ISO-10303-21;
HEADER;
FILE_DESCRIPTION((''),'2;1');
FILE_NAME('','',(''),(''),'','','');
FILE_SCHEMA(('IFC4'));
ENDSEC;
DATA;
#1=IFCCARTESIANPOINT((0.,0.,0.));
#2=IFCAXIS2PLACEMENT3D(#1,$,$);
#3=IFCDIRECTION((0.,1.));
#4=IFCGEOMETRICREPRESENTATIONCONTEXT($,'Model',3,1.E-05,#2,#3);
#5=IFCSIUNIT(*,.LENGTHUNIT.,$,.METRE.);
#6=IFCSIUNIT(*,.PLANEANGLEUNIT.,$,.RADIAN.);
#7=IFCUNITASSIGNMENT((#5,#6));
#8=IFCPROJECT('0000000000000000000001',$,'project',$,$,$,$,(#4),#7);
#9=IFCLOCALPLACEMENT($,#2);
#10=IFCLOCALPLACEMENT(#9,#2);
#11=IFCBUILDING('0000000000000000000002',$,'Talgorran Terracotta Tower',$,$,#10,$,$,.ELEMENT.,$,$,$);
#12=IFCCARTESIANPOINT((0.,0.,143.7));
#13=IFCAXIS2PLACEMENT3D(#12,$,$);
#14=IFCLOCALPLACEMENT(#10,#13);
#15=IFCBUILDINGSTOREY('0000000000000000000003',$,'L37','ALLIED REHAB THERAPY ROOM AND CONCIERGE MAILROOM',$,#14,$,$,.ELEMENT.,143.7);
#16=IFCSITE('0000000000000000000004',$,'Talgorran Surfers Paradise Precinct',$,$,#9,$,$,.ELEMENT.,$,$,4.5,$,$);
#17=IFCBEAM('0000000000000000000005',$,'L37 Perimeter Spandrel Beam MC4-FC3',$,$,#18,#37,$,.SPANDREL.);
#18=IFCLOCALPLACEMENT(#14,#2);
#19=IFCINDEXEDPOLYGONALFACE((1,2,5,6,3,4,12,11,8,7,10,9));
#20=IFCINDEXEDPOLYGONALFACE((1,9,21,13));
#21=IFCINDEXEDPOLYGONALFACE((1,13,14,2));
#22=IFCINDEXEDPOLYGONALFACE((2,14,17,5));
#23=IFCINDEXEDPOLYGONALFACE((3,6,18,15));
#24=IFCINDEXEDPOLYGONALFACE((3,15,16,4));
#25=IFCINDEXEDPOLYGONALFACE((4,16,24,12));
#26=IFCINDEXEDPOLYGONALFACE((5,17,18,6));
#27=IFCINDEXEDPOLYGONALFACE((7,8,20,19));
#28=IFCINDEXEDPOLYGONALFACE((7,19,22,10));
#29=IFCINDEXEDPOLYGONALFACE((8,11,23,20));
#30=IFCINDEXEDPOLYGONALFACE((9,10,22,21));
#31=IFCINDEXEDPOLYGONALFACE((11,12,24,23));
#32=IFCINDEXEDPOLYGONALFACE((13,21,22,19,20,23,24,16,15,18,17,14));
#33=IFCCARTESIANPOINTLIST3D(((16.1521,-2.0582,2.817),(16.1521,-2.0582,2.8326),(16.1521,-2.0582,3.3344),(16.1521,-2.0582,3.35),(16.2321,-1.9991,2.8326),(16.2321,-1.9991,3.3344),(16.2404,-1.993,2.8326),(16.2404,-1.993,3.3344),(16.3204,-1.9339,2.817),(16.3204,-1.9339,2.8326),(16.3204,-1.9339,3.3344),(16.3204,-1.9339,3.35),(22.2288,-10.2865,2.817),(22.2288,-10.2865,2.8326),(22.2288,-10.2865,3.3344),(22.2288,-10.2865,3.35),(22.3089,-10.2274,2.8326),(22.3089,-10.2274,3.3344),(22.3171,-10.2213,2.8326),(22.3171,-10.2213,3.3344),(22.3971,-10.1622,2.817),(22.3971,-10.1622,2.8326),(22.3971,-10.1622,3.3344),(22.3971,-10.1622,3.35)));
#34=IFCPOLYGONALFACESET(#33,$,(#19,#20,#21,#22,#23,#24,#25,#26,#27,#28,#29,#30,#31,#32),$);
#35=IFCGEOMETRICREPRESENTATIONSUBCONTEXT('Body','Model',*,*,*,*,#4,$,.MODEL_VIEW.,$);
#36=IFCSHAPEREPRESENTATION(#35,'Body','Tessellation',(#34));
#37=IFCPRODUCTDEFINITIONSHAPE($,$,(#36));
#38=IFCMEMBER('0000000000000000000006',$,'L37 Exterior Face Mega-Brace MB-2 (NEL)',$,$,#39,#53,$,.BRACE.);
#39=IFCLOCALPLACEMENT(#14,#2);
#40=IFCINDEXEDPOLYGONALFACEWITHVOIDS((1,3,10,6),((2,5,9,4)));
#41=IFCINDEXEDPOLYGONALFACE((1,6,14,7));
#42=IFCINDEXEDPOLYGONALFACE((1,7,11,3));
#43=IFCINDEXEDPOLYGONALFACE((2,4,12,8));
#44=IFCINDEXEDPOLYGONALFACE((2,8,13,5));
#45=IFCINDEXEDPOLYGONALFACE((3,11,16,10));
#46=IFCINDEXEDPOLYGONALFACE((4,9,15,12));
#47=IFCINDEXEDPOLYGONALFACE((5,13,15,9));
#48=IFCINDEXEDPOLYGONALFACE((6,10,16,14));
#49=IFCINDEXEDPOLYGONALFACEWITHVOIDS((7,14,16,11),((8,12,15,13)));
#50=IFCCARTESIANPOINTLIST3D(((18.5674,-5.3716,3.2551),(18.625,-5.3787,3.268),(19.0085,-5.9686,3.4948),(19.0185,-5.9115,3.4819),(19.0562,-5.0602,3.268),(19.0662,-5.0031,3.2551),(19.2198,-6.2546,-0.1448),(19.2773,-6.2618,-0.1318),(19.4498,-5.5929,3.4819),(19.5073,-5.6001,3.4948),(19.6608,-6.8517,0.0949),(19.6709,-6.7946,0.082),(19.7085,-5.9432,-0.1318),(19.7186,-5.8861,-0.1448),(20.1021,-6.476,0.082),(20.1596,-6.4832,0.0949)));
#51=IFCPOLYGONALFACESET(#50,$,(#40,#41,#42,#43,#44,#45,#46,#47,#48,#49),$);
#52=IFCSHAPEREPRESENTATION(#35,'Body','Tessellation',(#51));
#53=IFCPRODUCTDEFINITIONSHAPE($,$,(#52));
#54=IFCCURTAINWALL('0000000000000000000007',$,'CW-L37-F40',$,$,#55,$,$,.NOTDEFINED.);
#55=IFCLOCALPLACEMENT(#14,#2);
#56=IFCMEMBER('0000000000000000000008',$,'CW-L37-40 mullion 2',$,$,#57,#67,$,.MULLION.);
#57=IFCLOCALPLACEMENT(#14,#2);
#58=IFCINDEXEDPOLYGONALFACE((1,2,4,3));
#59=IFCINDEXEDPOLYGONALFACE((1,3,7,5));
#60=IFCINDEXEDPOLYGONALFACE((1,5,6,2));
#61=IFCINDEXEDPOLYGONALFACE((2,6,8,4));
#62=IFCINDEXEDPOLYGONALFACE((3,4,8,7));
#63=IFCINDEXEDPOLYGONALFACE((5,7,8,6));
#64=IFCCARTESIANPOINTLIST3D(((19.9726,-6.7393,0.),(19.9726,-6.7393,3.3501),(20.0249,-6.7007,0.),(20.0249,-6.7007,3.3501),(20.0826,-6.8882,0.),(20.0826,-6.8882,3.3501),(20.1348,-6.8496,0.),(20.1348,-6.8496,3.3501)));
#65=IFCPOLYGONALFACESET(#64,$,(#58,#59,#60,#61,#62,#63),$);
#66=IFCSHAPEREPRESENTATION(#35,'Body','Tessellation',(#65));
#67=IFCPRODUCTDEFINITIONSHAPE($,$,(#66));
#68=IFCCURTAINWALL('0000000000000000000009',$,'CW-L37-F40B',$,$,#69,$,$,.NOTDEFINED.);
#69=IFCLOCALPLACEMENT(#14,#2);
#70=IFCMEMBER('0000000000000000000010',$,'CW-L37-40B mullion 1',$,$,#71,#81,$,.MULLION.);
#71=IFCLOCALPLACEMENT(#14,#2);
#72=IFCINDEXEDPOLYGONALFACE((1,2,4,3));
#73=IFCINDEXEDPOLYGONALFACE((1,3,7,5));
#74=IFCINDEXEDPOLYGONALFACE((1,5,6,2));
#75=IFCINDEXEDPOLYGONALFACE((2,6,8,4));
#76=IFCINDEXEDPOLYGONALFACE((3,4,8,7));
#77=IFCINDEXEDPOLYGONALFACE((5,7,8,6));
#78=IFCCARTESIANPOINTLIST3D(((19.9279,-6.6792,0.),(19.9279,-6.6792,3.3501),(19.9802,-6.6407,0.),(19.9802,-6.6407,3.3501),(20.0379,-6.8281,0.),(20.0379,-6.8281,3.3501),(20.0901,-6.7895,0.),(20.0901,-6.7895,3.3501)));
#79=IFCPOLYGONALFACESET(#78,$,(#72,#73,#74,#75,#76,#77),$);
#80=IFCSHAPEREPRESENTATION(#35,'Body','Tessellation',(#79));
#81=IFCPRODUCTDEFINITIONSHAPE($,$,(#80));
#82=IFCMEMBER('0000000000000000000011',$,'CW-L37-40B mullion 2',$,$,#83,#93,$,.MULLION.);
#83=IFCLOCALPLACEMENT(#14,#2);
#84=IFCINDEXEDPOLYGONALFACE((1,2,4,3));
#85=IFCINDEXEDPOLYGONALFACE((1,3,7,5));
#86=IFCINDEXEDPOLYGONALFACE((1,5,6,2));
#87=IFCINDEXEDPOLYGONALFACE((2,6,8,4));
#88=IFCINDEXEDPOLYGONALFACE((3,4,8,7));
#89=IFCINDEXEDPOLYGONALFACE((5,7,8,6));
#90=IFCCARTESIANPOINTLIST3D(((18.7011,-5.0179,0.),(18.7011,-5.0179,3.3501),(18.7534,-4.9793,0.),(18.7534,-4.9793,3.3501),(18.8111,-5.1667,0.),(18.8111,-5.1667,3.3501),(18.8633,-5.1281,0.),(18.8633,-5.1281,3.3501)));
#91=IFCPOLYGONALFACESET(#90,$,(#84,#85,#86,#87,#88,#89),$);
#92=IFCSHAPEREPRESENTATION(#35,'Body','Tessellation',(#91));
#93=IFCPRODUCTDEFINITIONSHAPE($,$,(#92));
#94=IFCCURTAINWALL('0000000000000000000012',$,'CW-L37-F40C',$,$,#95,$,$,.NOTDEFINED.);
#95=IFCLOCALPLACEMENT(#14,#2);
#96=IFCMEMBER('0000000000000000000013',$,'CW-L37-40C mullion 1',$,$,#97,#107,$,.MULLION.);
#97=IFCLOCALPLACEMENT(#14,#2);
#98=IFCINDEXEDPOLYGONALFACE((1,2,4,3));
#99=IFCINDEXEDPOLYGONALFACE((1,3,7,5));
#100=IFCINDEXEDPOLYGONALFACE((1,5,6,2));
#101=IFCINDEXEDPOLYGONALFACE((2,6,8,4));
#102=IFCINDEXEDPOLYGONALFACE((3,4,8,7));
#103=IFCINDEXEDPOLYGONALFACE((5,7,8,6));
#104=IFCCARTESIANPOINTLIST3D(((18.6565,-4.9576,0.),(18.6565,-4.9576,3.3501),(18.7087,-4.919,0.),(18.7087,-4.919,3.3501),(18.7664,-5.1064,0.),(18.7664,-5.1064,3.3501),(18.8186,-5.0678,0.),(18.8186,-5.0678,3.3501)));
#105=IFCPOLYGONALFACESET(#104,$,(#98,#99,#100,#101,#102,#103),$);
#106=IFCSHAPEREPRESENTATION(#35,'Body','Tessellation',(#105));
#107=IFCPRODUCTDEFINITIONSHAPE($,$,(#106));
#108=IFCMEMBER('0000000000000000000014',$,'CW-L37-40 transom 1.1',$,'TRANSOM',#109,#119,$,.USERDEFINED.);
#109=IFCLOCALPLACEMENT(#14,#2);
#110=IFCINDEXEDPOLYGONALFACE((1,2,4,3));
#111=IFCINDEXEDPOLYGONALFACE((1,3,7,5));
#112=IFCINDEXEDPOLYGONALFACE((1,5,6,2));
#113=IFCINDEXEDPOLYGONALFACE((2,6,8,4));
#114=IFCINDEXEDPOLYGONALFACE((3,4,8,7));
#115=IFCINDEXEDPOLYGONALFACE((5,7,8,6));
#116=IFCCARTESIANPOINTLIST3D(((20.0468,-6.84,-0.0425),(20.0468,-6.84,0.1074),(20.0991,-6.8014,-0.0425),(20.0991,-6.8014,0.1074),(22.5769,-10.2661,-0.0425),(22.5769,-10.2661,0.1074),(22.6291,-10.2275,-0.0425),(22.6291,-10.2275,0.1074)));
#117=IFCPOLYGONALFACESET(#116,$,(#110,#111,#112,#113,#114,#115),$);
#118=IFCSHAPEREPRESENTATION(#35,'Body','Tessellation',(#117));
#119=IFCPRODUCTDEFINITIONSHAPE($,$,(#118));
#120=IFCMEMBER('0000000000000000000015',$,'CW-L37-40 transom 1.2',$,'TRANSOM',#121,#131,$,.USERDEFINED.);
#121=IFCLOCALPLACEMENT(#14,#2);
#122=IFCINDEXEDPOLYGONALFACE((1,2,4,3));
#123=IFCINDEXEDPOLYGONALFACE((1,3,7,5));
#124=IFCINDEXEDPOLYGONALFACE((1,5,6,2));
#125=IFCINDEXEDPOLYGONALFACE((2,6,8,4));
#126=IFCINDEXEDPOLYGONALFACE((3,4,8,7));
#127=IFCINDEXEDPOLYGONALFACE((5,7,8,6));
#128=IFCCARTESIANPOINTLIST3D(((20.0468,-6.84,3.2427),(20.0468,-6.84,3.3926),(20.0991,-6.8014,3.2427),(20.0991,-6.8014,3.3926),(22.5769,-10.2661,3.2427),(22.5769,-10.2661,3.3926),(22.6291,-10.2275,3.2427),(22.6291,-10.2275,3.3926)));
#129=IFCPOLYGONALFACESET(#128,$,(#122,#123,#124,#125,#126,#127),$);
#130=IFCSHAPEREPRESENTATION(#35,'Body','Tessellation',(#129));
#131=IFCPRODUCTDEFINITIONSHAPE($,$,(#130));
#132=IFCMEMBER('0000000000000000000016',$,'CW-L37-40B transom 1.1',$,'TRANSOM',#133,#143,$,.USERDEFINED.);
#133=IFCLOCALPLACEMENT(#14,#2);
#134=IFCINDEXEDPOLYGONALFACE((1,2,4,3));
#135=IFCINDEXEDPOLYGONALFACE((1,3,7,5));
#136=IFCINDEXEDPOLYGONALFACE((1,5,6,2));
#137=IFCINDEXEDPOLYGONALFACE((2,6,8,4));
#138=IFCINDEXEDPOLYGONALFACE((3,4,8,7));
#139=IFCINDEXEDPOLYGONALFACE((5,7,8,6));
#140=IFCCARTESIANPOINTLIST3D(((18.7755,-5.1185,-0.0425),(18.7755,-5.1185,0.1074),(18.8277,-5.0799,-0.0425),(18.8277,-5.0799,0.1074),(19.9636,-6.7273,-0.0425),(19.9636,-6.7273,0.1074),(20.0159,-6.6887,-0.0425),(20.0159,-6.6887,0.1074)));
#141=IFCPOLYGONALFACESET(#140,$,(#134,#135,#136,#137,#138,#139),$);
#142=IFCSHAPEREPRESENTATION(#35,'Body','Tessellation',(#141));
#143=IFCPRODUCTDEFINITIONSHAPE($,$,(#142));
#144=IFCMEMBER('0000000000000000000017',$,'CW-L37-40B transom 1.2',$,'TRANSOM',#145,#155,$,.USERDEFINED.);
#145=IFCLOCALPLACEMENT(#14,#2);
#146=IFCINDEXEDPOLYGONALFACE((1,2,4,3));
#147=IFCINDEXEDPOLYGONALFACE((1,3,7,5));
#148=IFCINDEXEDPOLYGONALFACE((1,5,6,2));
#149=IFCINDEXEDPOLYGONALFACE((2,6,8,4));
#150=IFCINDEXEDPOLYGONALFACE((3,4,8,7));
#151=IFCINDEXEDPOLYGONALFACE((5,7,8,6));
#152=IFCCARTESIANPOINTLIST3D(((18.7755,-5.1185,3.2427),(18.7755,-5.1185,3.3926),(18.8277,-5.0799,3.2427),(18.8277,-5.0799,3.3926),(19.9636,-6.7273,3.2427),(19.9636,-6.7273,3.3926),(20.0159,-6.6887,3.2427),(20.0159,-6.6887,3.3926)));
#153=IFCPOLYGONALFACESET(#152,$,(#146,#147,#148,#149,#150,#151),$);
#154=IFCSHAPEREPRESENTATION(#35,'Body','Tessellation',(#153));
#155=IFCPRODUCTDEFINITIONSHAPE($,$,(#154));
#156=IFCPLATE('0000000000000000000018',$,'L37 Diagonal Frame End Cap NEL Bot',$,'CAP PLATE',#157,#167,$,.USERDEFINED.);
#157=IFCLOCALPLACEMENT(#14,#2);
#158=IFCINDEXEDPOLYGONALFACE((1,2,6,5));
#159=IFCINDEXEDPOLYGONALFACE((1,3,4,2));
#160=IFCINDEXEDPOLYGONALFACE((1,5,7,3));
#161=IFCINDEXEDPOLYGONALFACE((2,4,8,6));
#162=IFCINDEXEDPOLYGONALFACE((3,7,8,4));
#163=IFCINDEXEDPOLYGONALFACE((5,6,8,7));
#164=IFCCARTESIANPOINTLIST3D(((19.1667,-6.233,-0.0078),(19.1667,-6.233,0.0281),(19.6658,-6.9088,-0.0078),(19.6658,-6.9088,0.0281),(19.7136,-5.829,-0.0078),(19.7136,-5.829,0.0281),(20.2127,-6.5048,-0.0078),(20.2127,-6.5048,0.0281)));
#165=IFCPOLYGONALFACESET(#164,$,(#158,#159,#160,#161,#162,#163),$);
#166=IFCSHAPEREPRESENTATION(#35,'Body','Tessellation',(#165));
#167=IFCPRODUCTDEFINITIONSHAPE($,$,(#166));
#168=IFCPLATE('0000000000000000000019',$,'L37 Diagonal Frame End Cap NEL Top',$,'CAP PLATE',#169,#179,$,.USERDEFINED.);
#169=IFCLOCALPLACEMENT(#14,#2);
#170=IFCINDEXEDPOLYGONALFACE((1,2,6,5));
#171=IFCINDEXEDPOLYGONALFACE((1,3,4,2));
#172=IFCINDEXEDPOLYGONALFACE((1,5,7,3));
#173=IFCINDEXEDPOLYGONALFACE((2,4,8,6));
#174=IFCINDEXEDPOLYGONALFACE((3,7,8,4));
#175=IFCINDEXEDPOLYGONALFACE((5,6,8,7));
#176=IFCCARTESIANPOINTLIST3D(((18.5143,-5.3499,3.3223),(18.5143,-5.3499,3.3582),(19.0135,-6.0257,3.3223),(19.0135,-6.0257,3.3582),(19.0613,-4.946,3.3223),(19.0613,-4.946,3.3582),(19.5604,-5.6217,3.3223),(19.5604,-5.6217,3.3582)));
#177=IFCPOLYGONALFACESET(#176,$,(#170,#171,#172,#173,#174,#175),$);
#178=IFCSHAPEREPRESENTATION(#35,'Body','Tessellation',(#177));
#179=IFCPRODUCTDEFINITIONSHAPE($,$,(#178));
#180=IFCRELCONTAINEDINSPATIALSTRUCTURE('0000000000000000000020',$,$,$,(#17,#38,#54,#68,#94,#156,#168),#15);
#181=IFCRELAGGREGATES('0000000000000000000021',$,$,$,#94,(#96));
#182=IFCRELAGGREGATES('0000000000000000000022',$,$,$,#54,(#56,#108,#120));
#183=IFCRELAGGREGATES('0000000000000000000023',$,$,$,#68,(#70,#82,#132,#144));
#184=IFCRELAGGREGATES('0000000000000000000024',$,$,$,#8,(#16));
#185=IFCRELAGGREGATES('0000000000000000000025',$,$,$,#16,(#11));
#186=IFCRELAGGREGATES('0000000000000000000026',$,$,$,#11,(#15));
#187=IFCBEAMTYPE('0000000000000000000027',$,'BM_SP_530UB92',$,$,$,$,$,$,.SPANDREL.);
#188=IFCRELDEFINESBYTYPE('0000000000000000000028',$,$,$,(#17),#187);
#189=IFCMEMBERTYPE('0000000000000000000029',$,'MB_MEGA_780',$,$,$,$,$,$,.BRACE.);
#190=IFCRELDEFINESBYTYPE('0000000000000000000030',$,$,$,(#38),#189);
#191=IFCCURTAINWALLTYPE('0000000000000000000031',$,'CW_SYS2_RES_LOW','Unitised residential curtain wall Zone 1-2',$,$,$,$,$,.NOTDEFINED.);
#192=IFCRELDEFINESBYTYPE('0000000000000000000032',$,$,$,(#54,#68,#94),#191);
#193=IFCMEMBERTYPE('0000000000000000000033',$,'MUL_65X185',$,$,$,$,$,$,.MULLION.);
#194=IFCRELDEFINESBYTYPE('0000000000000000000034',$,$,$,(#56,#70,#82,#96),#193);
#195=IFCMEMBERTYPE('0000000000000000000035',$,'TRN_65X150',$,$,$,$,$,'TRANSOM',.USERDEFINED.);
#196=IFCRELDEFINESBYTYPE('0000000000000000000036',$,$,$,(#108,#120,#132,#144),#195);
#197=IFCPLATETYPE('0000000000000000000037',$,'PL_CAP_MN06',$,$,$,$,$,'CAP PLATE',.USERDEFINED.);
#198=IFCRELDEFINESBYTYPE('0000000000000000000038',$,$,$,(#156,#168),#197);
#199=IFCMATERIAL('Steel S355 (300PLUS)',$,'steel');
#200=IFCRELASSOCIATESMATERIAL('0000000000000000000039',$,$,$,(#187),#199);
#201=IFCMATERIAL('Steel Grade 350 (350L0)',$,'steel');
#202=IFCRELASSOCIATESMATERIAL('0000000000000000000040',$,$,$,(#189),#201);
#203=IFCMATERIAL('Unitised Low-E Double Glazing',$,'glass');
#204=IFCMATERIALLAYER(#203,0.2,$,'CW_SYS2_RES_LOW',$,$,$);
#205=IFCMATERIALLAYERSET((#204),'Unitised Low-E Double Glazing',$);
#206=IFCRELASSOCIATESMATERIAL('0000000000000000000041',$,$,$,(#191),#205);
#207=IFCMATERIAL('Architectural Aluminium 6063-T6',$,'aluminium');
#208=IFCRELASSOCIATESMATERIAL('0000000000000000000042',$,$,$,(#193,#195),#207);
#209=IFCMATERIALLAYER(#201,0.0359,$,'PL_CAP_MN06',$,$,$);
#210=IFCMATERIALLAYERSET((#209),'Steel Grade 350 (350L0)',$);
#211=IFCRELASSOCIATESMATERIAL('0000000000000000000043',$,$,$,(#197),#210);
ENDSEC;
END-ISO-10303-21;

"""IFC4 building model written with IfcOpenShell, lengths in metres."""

from ifc_helpers import new_model, si_unit, direction, frame, origin, origin_2d, place, context, subcontext, project, spatial, rectangle, hollow_rectangle, i_section, extrude, material, layer, layer_set, material_profile, profile_set, type_object, element, aggregate, save


model = new_model("IFC4")

# Units and contexts
model_context = context("Model", 3, precision=1e-05, world=origin(), true_north=direction((0.0, 1.0)))
body_context = subcontext(model_context, "Body", "Model", "MODEL_VIEW")
ifc_project = project(units=[si_unit("LENGTHUNIT", "METRE"), si_unit("PLANEANGLEUNIT", "RADIAN")], contexts=[model_context])

# Site, building, storey
site_placement = place(None, origin())
site = spatial("IfcSite", under=ifc_project, at=site_placement, Name="Talgorran Surfers Paradise Precinct", CompositionType="ELEMENT", RefElevation=4.5)
building_placement = place(site_placement, origin())
building = spatial("IfcBuilding", under=site, at=building_placement, Name="Talgorran Terracotta Tower", CompositionType="ELEMENT")
storey_placement = place(building_placement, frame((0.0, 0.0, 143.7)))
storey = spatial("IfcBuildingStorey", under=building, at=storey_placement, Name="L37", Description="ALLIED REHAB THERAPY ROOM AND CONCIERGE MAILROOM", CompositionType="ELEMENT", Elevation=143.7)

# Beam
ifc_material_1 = material(Name="Steel S355 (300PLUS)", Category="steel")
ifc_material_profile_1 = material_profile(ifc_material_1, i_section(OverallWidth=0.2092, OverallDepth=0.533, WebThickness=0.0103, FlangeThickness=0.0156, at=origin_2d()), Name="530UB92.4")
ifc_profile_set_1 = profile_set([ifc_material_profile_1], Name="Steel S355 (300PLUS)")
beam_type = type_object("IfcBeamType", Name="BM_SP_530UB92", PredefinedType="SPANDREL", material=ifc_profile_set_1)
beam_placement = place(storey_placement, frame((22.313, -10.2244, 3.0835), z_axis=(-0.594068, 0.804415, 0.0), x_axis=(-0.804415, -0.594068, 0.0)))
element("IfcBeam", 1, at=beam_placement, inside=storey, type_object=beam_type, Name="L37 Perimeter Spandrel Beam MC4-FC3", PredefinedType="SPANDREL", context=body_context, shape_type="SweptSolid", body=[
    extrude(i_section(OverallWidth=0.2092, OverallDepth=0.533, WebThickness=0.0103, FlangeThickness=0.0156, at=origin_2d()), origin(), (0.0, 0.0, 1.0), 10.229),
])

# Member
ifc_material_2 = material(Name="Steel Grade 350 (350L0)", Category="steel")
ifc_material_profile_2 = material_profile(ifc_material_2, hollow_rectangle(XDim=0.6201, YDim=0.78, WallThickness=0.042, at=origin_2d()), Name="WBOX780X620X42")
ifc_profile_set_2 = profile_set([ifc_material_profile_2], Name="Steel Grade 350 (350L0)")
member_type_1 = type_object("IfcMemberType", Name="MB_MEGA_780", PredefinedType="BRACE", material=ifc_profile_set_2)
member_1_placement = place(storey_placement, frame((19.6897, -6.3689, -0.0249), z_axis=(-0.182588, 0.247163, 0.951616), x_axis=(-0.804329, -0.594185, 0.0)))
element("IfcMember", 2, at=member_1_placement, inside=storey, type_object=member_type_1, Name="L37 Exterior Face Mega-Brace MB-2 (NEL)", PredefinedType="BRACE", context=body_context, shape_type="SweptSolid", body=[
    extrude(hollow_rectangle(XDim=0.6201, YDim=0.78, WallThickness=0.042, at=origin_2d()), origin(), (0.0, 0.0, 1.0), 3.5728),
])

# Curtain wall, member
ifc_material_3 = material(Name="Unitised Low-E Double Glazing", Category="glass")
ifc_layer_1 = layer(ifc_material_3, 0.2, Name="CW_SYS2_RES_LOW")
ifc_layer_set_1 = layer_set([ifc_layer_1], Name="Unitised Low-E Double Glazing")
curtain_wall_type = type_object("IfcCurtainWallType", Name="CW_SYS2_RES_LOW", Description="Unitised residential curtain wall Zone 1-2", PredefinedType="NOTDEFINED", material=ifc_layer_set_1)
curtain_wall_1_placement = place(storey_placement, origin())
curtain_wall_1 = element("IfcCurtainWall", 3, at=curtain_wall_1_placement, inside=storey, type_object=curtain_wall_type, Name="CW-L37-F40", PredefinedType="NOTDEFINED")
ifc_material_4 = material(Name="Architectural Aluminium 6063-T6", Category="aluminium")
ifc_material_profile_3 = material_profile(ifc_material_4, rectangle(XDim=0.0649, YDim=0.1851, at=origin_2d()), Name="CWM65X185")
ifc_profile_set_3 = profile_set([ifc_material_profile_3], Name="Architectural Aluminium 6063-T6")
member_type_2 = type_object("IfcMemberType", Name="MUL_65X185", PredefinedType="MULLION", material=ifc_profile_set_3)
member_2_placement = place(storey_placement, frame((20.0537, -6.7944, 0.0), z_axis=(0.0, 0.0, 1.0), x_axis=(-0.804413, -0.594071, 0.0)))
member_2 = element("IfcMember", 4, at=member_2_placement, type_object=member_type_2, Name="CW-L37-40 mullion 2", PredefinedType="MULLION", context=body_context, shape_type="SweptSolid", body=[
    extrude(rectangle(XDim=0.0649, YDim=0.1851, at=origin_2d()), origin(), (0.0, 0.0, 1.0), 3.3501),
])

# Curtain wall, members
curtain_wall_2_placement = place(storey_placement, origin())
curtain_wall_2 = element("IfcCurtainWall", 5, at=curtain_wall_2_placement, inside=storey, type_object=curtain_wall_type, Name="CW-L37-F40B", PredefinedType="NOTDEFINED")
member_3_placement = place(storey_placement, frame((20.009, -6.7344, 0.0), z_axis=(0.0, 0.0, 1.0), x_axis=(-0.804417, -0.594065, 0.0)))
member_3 = element("IfcMember", 6, at=member_3_placement, type_object=member_type_2, Name="CW-L37-40B mullion 1", PredefinedType="MULLION", context=body_context, shape_type="SweptSolid", body=[
    extrude(rectangle(XDim=0.0649, YDim=0.1851, at=origin_2d()), origin(), (0.0, 0.0, 1.0), 3.3501),
])
member_4_placement = place(storey_placement, frame((18.7822, -5.073, 0.0), z_axis=(0.0, 0.0, 1.0), x_axis=(-0.804417, -0.594065, 0.0)))
member_4 = element("IfcMember", 7, at=member_4_placement, type_object=member_type_2, Name="CW-L37-40B mullion 2", PredefinedType="MULLION", context=body_context, shape_type="SweptSolid", body=[
    extrude(rectangle(XDim=0.0649, YDim=0.1851, at=origin_2d()), origin(), (0.0, 0.0, 1.0), 3.3501),
])

# Curtain wall, member
curtain_wall_3_placement = place(storey_placement, origin())
curtain_wall_3 = element("IfcCurtainWall", 8, at=curtain_wall_3_placement, inside=storey, type_object=curtain_wall_type, Name="CW-L37-F40C", PredefinedType="NOTDEFINED")
member_5_placement = place(storey_placement, frame((18.7375, -5.0127, 0.0), z_axis=(0.0, 0.0, 1.0), x_axis=(-0.804408, -0.594077, 0.0)))
member_5 = element("IfcMember", 9, at=member_5_placement, type_object=member_type_2, Name="CW-L37-40C mullion 1", PredefinedType="MULLION", context=body_context, shape_type="SweptSolid", body=[
    extrude(rectangle(XDim=0.0649, YDim=0.1851, at=origin_2d()), origin(), (0.0, 0.0, 1.0), 3.3501),
])
aggregate(curtain_wall_3, [member_5])

# Members
ifc_material_profile_4 = material_profile(ifc_material_4, rectangle(XDim=0.0649, YDim=0.1499, at=origin_2d()), Name="CWT65X150")
ifc_profile_set_4 = profile_set([ifc_material_profile_4], Name="Architectural Aluminium 6063-T6")
member_type_3 = type_object("IfcMemberType", Name="TRN_65X150", ElementType="TRANSOM", PredefinedType="USERDEFINED", material=ifc_profile_set_4)
member_6_placement = place(storey_placement, frame((22.603, -10.2468, 0.0325), z_axis=(-0.594049, 0.804429, 0.0), x_axis=(-0.804429, -0.594049, 0.0)))
member_6 = element("IfcMember", 10, at=member_6_placement, type_object=member_type_3, Name="CW-L37-40 transom 1.1", ObjectType="TRANSOM", PredefinedType="USERDEFINED", context=body_context, shape_type="SweptSolid", body=[
    extrude(rectangle(XDim=0.0649, YDim=0.1499, at=origin_2d()), origin(), (0.0, 0.0, 1.0), 4.259),
])
member_7_placement = place(storey_placement, frame((22.603, -10.2468, 3.3176), z_axis=(-0.594049, 0.804429, 0.0), x_axis=(-0.804429, -0.594049, 0.0)))
member_7 = element("IfcMember", 11, at=member_7_placement, type_object=member_type_3, Name="CW-L37-40 transom 1.2", ObjectType="TRANSOM", PredefinedType="USERDEFINED", context=body_context, shape_type="SweptSolid", body=[
    extrude(rectangle(XDim=0.0649, YDim=0.1499, at=origin_2d()), origin(), (0.0, 0.0, 1.0), 4.259),
])
member_8_placement = place(storey_placement, frame((19.9897, -6.708, 0.0325), z_axis=(-0.594086, 0.804402, 0.0), x_axis=(-0.804402, -0.594086, 0.0)))
member_8 = element("IfcMember", 12, at=member_8_placement, type_object=member_type_3, Name="CW-L37-40B transom 1.1", ObjectType="TRANSOM", PredefinedType="USERDEFINED", context=body_context, shape_type="SweptSolid", body=[
    extrude(rectangle(XDim=0.0649, YDim=0.1499, at=origin_2d()), origin(), (0.0, 0.0, 1.0), 2.0),
])
member_9_placement = place(storey_placement, frame((19.9897, -6.708, 3.3176), z_axis=(-0.594086, 0.804402, 0.0), x_axis=(-0.804402, -0.594086, 0.0)))
member_9 = element("IfcMember", 13, at=member_9_placement, type_object=member_type_3, Name="CW-L37-40B transom 1.2", ObjectType="TRANSOM", PredefinedType="USERDEFINED", context=body_context, shape_type="SweptSolid", body=[
    extrude(rectangle(XDim=0.0649, YDim=0.1499, at=origin_2d()), origin(), (0.0, 0.0, 1.0), 2.0),
])

# Plates
ifc_layer_2 = layer(ifc_material_2, 0.0359, Name="PL_CAP_MN06")
ifc_layer_set_2 = layer_set([ifc_layer_2], Name="Steel Grade 350 (350L0)")
plate_type_1 = type_object("IfcPlateType", Name="PL_CAP_MN06", ElementType="CAP PLATE", PredefinedType="USERDEFINED", material=ifc_layer_set_2)
for number, where, z_axis, x_axis, name in (
    (14, (19.6897, -6.3689, -0.0078), (0.0, 0.0, 1.0), (-0.594121, 0.804376, 0.0), "L37 Diagonal Frame End Cap NEL Bot"),
    (15, (19.0374, -5.4858, 3.3223), (0.0, 0.0, 1.0), (-0.594121, 0.804376, 0.0), "L37 Diagonal Frame End Cap NEL Top"),
):
    element("IfcPlate", number, at=place(storey_placement, frame(where, z_axis=z_axis, x_axis=x_axis)), inside=storey, type_object=plate_type_1, Name=name, ObjectType="CAP PLATE", PredefinedType="USERDEFINED", context=body_context, shape_type="SweptSolid", body=[
        extrude(rectangle(XDim=0.8401, YDim=0.6799, at=origin_2d()), origin(), (0.0, 0.0, 1.0), 0.0359),
    ])

aggregate(curtain_wall_1, [member_2, member_6, member_7])
aggregate(curtain_wall_2, [member_3, member_4, member_8, member_9])

save(model, "model.ifc")
